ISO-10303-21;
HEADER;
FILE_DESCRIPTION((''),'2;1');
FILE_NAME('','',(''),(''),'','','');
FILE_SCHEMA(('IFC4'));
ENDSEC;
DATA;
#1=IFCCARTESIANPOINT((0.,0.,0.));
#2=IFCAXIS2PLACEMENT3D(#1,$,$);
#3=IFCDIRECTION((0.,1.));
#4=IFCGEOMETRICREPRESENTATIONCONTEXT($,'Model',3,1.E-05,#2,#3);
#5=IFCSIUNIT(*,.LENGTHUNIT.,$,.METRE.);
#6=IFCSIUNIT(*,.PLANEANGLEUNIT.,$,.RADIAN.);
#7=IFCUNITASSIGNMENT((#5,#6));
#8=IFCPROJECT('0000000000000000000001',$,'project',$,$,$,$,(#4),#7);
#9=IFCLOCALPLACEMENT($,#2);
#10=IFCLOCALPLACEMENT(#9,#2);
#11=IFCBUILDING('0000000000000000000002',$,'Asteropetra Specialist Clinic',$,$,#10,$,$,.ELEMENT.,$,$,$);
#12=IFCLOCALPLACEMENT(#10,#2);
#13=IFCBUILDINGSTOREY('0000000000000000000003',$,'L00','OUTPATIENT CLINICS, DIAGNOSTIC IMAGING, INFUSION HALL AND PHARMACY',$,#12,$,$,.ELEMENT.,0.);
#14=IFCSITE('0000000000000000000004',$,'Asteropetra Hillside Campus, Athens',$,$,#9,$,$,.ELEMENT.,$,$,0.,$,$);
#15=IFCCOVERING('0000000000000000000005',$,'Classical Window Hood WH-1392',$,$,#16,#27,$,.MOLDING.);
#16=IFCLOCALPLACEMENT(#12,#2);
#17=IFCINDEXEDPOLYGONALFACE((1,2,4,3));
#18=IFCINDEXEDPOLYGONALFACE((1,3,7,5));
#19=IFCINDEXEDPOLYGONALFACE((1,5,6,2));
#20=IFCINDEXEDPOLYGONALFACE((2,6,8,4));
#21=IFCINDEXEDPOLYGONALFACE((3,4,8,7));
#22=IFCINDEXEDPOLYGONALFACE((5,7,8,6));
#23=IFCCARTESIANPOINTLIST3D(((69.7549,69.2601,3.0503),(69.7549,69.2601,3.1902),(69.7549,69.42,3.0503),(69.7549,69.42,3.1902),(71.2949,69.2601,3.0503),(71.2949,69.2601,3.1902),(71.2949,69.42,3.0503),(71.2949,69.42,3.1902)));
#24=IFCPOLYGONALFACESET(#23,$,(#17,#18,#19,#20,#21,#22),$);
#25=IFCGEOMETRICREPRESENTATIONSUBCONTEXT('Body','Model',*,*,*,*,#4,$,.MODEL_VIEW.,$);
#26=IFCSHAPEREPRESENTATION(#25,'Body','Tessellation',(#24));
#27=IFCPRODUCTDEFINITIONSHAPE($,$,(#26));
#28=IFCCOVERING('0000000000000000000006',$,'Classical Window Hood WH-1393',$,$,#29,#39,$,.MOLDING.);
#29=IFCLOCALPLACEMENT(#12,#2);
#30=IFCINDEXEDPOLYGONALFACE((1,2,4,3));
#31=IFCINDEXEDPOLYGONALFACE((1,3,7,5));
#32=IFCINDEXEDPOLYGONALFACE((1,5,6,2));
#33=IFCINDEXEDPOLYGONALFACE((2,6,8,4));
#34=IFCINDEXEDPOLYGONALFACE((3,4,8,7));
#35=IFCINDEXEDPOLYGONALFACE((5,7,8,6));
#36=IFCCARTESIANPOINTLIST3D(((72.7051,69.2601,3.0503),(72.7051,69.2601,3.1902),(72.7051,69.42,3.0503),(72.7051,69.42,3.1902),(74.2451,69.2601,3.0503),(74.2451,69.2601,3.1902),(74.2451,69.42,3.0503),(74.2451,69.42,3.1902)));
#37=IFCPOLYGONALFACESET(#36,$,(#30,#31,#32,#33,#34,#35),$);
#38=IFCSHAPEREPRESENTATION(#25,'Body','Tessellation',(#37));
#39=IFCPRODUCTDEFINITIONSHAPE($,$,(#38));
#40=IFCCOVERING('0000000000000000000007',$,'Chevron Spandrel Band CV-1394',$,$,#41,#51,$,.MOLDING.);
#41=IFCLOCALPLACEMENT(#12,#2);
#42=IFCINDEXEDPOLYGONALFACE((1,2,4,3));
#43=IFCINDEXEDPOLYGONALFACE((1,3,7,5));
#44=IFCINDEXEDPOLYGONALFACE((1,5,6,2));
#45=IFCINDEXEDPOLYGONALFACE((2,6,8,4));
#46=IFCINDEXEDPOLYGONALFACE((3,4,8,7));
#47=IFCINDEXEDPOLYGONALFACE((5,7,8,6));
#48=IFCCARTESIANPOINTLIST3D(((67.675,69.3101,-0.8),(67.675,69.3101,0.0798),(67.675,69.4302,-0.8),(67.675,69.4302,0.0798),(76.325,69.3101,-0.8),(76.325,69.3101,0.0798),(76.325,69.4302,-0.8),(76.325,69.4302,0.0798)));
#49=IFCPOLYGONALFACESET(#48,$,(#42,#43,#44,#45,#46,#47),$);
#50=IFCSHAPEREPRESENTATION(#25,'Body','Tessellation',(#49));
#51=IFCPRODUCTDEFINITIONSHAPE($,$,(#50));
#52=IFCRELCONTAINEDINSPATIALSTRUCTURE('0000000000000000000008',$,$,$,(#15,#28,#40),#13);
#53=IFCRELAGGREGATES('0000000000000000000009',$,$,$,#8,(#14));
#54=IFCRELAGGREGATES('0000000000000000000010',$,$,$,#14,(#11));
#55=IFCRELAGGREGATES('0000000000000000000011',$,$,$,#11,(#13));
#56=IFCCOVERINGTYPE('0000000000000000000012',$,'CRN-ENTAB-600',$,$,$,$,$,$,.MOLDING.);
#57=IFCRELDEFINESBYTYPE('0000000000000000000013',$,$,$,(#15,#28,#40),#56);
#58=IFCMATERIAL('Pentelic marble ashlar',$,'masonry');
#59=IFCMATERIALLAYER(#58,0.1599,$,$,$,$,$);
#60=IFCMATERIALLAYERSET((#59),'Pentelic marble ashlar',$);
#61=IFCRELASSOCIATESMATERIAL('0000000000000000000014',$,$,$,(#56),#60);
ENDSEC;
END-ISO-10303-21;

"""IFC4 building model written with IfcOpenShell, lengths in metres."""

from ifc_helpers import new_model, si_unit, direction, frame, origin, origin_2d, place, context, subcontext, project, spatial, rectangle, extrude, material, layer, layer_set, type_object, element, save


model = new_model("IFC4")

# Units and contexts
model_context = context("Model", 3, precision=1e-05, world=origin(), true_north=direction((0.0, 1.0)))
body_context = subcontext(model_context, "Body", "Model", "MODEL_VIEW")
ifc_project = project(units=[si_unit("LENGTHUNIT", "METRE"), si_unit("PLANEANGLEUNIT", "RADIAN")], contexts=[model_context])

# Site, building, storey
site_placement = place(None, origin())
site = spatial("IfcSite", under=ifc_project, at=site_placement, Name="Asteropetra Hillside Campus, Athens", CompositionType="ELEMENT", RefElevation=0.0)
building_placement = place(site_placement, origin())
building = spatial("IfcBuilding", under=site, at=building_placement, Name="Asteropetra Specialist Clinic", CompositionType="ELEMENT")
storey_placement = place(building_placement, origin())
storey = spatial("IfcBuildingStorey", under=building, at=storey_placement, Name="L00", Description="OUTPATIENT CLINICS, DIAGNOSTIC IMAGING, INFUSION HALL AND PHARMACY", CompositionType="ELEMENT", Elevation=0.0)

# Coverings
ifc_material_1 = material(Name="Pentelic marble ashlar", Category="masonry")
ifc_layer_1 = layer(ifc_material_1, 0.1599)
ifc_layer_set_1 = layer_set([ifc_layer_1], Name="Pentelic marble ashlar")
covering_type = type_object("IfcCoveringType", Name="CRN-ENTAB-600", PredefinedType="MOLDING", material=ifc_layer_set_1)
for number, where, z_axis, x_axis, name in (
    (1, (70.5249, 69.3401, 3.0503), (0.0, 0.0, 1.0), (1.0, 0.0, 0.0), "Classical Window Hood WH-1392"),
    (2, (73.4751, 69.3401, 3.0503), (0.0, 0.0, 1.0), (1.0, 0.0, 0.0), "Classical Window Hood WH-1393"),
):
    element("IfcCovering", number, at=place(storey_placement, frame(where, z_axis=z_axis, x_axis=x_axis)), inside=storey, type_object=covering_type, Name=name, PredefinedType="MOLDING", context=body_context, shape_type="SweptSolid", body=[
        extrude(rectangle(XDim=1.54, YDim=0.1599, at=origin_2d()), origin(), (0.0, 0.0, 1.0), 0.1399),
    ])
covering_1_placement = place(storey_placement, frame((72.0, 69.3701, -0.8), z_axis=(0.0, 0.0, 1.0), x_axis=(1.0, 0.0, 0.0)))
element("IfcCovering", 3, at=covering_1_placement, inside=storey, type_object=covering_type, Name="Chevron Spandrel Band CV-1394", PredefinedType="MOLDING", context=body_context, shape_type="SweptSolid", body=[
    extrude(rectangle(XDim=8.6499, YDim=0.1201, at=origin_2d()), origin(), (0.0, 0.0, 1.0), 0.8799),
])

save(model, "model.ifc")
